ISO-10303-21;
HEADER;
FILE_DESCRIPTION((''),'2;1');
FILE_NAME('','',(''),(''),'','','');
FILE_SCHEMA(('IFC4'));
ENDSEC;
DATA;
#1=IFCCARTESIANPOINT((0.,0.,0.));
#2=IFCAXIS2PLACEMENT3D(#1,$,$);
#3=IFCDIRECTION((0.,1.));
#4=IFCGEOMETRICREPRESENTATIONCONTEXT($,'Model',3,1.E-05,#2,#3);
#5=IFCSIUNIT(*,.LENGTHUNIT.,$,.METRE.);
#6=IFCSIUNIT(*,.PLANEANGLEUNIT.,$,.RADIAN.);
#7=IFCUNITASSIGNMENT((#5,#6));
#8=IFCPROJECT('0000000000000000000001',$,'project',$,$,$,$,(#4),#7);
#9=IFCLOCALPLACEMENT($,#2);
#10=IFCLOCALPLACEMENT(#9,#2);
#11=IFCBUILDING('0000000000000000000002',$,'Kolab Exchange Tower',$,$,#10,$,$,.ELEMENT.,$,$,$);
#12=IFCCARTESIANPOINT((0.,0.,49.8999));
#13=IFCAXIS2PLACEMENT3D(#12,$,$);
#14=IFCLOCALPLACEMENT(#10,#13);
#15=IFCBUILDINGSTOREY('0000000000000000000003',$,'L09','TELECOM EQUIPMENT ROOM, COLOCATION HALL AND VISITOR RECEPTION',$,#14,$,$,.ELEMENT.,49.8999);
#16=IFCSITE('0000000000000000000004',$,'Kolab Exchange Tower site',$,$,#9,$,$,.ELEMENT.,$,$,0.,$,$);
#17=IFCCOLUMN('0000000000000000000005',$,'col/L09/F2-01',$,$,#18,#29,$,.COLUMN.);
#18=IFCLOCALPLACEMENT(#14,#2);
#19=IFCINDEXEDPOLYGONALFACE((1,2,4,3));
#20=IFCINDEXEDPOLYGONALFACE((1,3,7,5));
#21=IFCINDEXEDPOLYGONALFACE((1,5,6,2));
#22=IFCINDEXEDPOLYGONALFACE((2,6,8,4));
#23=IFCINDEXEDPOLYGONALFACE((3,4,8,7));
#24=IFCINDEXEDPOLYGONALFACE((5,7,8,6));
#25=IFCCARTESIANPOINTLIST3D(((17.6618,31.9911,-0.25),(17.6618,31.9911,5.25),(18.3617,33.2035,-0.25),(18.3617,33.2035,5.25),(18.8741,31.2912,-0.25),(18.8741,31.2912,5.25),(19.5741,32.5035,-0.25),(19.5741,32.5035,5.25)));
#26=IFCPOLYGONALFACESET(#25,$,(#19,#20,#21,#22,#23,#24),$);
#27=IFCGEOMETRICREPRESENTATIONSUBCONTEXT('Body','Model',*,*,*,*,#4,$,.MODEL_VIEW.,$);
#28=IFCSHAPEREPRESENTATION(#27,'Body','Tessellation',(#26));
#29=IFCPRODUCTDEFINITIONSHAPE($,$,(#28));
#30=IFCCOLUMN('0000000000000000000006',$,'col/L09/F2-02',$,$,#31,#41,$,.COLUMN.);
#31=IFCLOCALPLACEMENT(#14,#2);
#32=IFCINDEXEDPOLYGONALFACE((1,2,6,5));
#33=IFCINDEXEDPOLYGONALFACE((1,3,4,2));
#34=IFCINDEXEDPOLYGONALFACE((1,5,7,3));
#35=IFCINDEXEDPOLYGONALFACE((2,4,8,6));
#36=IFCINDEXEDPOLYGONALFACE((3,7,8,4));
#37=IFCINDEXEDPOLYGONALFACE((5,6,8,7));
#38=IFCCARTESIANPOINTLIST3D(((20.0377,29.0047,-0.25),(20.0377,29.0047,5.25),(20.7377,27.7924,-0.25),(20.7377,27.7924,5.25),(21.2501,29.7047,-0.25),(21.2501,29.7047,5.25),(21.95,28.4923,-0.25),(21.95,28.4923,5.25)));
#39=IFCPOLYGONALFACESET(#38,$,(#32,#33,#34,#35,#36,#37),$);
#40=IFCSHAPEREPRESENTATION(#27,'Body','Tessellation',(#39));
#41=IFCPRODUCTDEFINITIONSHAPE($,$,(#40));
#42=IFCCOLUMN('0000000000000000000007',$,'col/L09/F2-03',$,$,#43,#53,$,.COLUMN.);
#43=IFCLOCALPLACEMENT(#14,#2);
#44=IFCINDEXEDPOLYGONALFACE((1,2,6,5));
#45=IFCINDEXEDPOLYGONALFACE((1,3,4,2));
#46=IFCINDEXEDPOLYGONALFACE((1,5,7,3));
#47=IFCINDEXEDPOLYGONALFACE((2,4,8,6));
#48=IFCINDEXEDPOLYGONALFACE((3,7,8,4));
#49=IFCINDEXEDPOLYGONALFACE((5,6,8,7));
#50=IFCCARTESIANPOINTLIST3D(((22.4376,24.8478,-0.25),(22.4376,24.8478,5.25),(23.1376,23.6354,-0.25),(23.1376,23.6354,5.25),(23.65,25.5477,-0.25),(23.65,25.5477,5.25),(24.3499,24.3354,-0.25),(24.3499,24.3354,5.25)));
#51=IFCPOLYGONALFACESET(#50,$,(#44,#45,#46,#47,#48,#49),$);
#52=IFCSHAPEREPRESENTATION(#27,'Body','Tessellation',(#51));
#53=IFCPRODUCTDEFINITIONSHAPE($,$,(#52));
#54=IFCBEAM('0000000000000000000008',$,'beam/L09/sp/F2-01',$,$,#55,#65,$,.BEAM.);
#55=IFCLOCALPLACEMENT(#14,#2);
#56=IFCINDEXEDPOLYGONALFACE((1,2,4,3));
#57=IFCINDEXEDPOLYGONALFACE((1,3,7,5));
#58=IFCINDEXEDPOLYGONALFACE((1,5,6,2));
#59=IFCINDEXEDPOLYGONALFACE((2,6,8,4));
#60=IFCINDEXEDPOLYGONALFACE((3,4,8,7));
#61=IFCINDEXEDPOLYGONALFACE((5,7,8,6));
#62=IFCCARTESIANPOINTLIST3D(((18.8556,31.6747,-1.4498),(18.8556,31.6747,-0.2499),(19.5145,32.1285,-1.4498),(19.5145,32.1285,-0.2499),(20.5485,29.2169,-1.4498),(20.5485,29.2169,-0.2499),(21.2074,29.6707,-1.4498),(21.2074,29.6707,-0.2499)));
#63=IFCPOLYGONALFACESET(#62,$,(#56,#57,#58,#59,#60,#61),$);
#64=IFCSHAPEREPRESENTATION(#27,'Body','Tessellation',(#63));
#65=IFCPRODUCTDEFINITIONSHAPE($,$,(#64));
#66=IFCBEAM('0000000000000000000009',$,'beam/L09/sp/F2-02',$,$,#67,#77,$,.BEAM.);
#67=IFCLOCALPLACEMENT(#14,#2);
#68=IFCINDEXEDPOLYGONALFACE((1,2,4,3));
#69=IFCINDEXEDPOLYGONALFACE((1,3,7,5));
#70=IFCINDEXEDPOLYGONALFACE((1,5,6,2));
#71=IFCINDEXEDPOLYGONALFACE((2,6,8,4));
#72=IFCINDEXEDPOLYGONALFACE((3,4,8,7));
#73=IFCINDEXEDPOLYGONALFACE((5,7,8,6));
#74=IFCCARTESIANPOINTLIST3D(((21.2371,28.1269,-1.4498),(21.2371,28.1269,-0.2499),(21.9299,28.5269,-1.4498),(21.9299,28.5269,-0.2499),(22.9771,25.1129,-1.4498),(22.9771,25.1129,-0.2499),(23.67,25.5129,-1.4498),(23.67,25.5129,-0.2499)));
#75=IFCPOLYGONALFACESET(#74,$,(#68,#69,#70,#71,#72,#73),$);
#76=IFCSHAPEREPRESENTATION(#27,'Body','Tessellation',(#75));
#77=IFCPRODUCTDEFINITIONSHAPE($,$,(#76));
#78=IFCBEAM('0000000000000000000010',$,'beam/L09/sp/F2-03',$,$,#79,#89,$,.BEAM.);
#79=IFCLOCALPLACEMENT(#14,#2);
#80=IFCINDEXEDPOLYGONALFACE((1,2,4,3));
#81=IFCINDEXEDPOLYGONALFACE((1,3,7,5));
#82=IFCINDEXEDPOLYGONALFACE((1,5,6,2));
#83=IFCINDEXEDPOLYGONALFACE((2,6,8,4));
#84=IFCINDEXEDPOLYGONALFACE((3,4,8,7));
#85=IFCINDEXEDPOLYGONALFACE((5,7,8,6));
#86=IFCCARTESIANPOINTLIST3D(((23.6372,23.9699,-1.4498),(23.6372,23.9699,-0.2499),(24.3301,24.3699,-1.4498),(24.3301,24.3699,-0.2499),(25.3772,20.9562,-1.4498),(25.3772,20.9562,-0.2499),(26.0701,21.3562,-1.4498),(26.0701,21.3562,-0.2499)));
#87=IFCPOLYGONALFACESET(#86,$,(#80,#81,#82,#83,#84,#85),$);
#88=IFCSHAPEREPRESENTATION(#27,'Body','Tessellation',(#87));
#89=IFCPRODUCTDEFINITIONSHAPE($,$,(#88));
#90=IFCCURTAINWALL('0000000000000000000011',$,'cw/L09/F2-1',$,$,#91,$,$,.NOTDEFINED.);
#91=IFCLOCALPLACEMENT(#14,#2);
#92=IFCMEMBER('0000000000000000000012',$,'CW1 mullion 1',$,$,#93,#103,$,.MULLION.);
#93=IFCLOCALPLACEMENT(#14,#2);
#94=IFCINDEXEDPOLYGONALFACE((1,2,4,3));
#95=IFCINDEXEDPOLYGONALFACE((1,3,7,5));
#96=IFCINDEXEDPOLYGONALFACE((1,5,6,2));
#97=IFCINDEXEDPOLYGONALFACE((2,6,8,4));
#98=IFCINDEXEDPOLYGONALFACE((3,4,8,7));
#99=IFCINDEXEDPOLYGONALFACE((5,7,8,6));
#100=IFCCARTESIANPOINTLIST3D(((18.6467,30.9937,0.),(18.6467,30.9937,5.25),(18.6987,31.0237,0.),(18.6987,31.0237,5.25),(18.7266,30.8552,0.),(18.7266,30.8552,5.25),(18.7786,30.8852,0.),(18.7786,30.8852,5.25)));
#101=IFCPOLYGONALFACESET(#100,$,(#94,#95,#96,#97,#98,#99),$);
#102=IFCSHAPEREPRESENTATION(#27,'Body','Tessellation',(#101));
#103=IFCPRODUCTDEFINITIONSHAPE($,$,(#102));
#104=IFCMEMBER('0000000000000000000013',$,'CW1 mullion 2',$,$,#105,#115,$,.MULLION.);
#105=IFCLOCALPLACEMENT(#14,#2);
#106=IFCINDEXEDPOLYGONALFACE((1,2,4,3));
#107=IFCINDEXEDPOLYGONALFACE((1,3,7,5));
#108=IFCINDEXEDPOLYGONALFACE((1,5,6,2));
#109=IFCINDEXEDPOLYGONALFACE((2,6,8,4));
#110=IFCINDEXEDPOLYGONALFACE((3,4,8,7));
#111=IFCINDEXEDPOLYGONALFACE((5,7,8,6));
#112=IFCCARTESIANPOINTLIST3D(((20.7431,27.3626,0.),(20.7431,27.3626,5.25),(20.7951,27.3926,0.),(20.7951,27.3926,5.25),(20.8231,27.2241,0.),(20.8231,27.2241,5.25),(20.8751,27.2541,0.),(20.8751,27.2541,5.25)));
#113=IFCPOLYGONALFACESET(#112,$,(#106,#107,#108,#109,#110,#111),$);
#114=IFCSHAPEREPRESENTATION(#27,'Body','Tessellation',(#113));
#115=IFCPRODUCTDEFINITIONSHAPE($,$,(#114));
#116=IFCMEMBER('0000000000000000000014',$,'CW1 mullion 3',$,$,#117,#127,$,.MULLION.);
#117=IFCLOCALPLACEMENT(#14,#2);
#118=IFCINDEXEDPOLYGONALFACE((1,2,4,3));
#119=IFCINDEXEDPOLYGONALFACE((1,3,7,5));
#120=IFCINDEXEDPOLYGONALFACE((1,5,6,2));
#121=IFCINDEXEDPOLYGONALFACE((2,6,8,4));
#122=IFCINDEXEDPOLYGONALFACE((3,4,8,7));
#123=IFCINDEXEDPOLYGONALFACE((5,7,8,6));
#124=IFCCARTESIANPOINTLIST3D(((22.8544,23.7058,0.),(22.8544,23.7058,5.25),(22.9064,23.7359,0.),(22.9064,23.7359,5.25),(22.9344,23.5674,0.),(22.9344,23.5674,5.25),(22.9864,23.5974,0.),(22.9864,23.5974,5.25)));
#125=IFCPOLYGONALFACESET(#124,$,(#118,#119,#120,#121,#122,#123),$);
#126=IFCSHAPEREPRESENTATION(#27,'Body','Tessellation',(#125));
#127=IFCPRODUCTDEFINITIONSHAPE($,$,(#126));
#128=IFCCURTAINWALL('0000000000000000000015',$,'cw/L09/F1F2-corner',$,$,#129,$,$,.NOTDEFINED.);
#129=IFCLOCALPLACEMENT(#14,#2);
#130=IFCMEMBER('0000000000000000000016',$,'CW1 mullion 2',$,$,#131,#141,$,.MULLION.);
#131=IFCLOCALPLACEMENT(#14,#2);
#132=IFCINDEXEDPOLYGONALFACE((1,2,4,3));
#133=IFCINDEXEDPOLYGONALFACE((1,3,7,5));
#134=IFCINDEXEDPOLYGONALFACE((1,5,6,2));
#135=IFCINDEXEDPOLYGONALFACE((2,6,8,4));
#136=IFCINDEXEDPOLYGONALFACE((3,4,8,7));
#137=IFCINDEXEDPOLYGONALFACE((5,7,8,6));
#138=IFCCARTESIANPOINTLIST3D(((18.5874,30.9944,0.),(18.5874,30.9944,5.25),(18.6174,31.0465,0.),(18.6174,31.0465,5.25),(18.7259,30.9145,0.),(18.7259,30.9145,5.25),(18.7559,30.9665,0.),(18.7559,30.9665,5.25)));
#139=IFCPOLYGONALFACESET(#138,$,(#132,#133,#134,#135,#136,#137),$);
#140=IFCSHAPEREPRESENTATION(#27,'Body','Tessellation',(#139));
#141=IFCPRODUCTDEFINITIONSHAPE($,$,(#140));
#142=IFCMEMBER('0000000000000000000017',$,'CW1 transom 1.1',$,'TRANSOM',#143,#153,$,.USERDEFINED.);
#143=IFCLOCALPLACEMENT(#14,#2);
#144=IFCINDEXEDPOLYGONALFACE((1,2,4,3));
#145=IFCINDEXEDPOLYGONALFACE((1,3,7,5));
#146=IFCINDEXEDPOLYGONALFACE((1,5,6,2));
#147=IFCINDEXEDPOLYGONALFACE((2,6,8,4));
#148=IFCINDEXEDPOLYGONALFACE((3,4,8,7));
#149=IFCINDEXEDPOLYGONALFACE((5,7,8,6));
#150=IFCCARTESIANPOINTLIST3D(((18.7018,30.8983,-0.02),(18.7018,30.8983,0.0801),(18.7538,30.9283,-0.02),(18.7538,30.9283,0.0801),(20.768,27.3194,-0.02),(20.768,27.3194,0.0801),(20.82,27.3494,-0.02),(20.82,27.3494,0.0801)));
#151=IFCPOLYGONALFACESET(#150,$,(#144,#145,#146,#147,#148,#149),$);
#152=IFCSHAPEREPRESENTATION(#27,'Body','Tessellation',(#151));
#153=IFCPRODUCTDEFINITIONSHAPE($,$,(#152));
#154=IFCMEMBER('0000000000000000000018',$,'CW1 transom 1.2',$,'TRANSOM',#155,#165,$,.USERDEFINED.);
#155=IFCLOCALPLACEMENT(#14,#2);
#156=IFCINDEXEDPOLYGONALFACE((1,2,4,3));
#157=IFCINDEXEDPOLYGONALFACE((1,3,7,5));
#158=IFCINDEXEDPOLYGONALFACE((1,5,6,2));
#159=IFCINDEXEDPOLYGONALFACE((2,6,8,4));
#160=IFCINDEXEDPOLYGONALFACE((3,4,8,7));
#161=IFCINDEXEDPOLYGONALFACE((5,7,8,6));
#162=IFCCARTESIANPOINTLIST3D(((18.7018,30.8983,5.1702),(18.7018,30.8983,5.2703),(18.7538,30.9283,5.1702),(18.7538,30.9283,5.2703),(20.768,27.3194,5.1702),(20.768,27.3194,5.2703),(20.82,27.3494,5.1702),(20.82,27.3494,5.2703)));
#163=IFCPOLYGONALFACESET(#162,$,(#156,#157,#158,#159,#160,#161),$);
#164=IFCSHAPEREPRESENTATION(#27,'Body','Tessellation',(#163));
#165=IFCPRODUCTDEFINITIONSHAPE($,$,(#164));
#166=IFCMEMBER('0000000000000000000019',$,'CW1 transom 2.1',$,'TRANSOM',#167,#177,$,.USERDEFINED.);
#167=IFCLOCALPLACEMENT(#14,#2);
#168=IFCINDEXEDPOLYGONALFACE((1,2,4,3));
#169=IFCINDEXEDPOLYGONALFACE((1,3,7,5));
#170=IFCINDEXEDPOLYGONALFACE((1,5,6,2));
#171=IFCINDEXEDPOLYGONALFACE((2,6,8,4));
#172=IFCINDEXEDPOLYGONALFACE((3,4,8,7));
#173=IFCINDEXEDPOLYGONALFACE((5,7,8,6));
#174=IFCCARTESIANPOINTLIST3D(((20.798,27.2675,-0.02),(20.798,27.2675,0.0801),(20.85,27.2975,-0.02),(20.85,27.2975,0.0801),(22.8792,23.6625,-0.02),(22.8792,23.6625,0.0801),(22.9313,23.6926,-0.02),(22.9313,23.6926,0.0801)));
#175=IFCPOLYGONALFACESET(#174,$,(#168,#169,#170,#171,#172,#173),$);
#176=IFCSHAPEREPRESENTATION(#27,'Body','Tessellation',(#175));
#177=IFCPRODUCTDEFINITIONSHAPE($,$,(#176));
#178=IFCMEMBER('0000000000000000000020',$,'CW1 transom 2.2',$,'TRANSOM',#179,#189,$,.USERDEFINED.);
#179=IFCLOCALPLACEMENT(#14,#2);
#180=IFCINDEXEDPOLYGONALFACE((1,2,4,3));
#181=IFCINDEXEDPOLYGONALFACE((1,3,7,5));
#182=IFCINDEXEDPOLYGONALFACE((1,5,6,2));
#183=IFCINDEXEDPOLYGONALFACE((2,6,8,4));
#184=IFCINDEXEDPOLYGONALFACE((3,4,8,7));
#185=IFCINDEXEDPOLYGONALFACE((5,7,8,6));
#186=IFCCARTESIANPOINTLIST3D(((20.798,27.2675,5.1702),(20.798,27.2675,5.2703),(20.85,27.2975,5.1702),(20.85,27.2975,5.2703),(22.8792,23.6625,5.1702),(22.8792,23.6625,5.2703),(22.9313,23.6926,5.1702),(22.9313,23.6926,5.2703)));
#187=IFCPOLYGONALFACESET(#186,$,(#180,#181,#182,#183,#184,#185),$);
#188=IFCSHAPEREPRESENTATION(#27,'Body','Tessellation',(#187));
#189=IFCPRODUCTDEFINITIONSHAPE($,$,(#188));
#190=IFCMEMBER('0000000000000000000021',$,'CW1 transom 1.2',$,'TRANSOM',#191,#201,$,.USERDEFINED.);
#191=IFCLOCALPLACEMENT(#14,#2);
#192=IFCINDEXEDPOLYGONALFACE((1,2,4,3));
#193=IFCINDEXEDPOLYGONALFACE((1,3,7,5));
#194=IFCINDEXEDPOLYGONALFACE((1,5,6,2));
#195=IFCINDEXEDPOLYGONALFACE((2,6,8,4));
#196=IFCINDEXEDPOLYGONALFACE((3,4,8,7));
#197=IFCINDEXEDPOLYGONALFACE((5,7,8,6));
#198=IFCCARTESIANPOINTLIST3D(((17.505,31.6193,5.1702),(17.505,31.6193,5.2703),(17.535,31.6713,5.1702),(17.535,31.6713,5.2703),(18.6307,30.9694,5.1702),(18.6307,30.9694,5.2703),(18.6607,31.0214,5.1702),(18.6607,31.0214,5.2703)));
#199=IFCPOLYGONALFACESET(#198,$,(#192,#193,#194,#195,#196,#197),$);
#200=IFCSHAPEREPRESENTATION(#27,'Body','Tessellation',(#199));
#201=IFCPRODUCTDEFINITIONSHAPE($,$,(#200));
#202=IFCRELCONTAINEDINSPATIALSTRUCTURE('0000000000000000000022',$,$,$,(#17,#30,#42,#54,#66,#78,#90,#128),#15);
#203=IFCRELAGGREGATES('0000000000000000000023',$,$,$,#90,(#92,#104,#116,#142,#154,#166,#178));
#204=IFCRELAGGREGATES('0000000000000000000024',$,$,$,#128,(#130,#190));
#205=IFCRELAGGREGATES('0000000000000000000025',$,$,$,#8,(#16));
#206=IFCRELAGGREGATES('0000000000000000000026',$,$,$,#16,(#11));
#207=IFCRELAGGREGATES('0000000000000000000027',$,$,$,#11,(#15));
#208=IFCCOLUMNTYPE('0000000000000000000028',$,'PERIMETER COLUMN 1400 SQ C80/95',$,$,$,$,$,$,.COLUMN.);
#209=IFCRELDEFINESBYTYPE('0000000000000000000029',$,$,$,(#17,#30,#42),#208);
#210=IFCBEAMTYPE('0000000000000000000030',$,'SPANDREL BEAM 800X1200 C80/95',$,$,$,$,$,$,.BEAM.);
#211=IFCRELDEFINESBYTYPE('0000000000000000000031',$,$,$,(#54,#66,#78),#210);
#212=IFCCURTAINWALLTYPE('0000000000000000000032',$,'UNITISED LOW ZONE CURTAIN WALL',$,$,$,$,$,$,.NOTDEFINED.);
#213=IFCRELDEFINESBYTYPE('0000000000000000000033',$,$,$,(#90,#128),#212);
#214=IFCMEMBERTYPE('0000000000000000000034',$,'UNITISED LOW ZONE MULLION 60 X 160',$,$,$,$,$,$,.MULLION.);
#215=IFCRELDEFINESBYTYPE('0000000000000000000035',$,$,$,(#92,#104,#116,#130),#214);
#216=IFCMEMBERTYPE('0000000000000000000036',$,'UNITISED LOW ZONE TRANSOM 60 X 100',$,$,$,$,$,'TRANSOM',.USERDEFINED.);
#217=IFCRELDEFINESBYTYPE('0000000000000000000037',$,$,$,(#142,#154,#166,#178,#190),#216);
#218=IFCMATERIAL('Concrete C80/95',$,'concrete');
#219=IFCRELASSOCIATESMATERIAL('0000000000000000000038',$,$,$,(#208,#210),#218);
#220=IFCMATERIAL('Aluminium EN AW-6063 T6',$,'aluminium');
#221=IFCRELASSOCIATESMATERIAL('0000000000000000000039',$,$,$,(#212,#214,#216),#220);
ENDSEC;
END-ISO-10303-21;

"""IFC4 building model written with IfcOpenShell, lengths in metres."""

from ifc_helpers import new_model, si_unit, direction, frame, origin, origin_2d, place, context, subcontext, project, spatial, rectangle, extrude, material, material_profile, profile_set, type_object, element, aggregate, save


model = new_model("IFC4")

# Units and contexts
model_context = context("Model", 3, precision=1e-05, world=origin(), true_north=direction((0.0, 1.0)))
body_context = subcontext(model_context, "Body", "Model", "MODEL_VIEW")
ifc_project = project(units=[si_unit("LENGTHUNIT", "METRE"), si_unit("PLANEANGLEUNIT", "RADIAN")], contexts=[model_context])

# Site, building, storey
site_placement = place(None, origin())
site = spatial("IfcSite", under=ifc_project, at=site_placement, Name="Kolab Exchange Tower site", CompositionType="ELEMENT", RefElevation=0.0)
building_placement = place(site_placement, origin())
building = spatial("IfcBuilding", under=site, at=building_placement, Name="Kolab Exchange Tower", CompositionType="ELEMENT")
storey_placement = place(building_placement, frame((0.0, 0.0, 49.8999)))
storey = spatial("IfcBuildingStorey", under=building, at=storey_placement, Name="L09", Description="TELECOM EQUIPMENT ROOM, COLOCATION HALL AND VISITOR RECEPTION", CompositionType="ELEMENT", Elevation=49.8999)

# Columns
ifc_material_1 = material(Name="Concrete C80/95", Category="concrete")
ifc_material_profile_1 = material_profile(ifc_material_1, rectangle(XDim=1.3999, YDim=1.3999, at=origin_2d()), Name="RC1400")
ifc_profile_set_1 = profile_set([ifc_material_profile_1], Name="Concrete C80/95")
column_type = type_object("IfcColumnType", Name="PERIMETER COLUMN 1400 SQ C80/95", PredefinedType="COLUMN", material=ifc_profile_set_1)
for number, where, z_axis, x_axis, name in (
    (1, (18.6179, 32.2473, -0.25), (0.0, 0.0, 1.0), (0.5, 0.866025, 0.0), "col/L09/F2-01"),
    (2, (20.9939, 28.7485, -0.25), (0.0, 0.0, 1.0), (0.866025, 0.5, 0.0), "col/L09/F2-02"),
    (3, (23.3938, 24.5916, -0.25), (0.0, 0.0, 1.0), (0.866025, 0.5, 0.0), "col/L09/F2-03"),
):
    element("IfcColumn", number, at=place(storey_placement, frame(where, z_axis=z_axis, x_axis=x_axis)), inside=storey, type_object=column_type, Name=name, PredefinedType="COLUMN", context=body_context, shape_type="SweptSolid", body=[
        extrude(rectangle(XDim=1.3999, YDim=1.3999, at=origin_2d()), origin(), (0.0, 0.0, 1.0), 5.5),
    ])

# Beams
ifc_material_profile_2 = material_profile(ifc_material_1, rectangle(XDim=0.8, YDim=1.2, at=origin_2d()), Name="RC800X1200")
ifc_profile_set_2 = profile_set([ifc_material_profile_2], Name="Concrete C80/95")
beam_type = type_object("IfcBeamType", Name="SPANDREL BEAM 800X1200 C80/95", PredefinedType="BEAM", material=ifc_profile_set_2)
beam_1_placement = place(storey_placement, frame((19.1851, 31.9016, -0.8499), z_axis=(0.567247, -0.823548, 0.0), x_axis=(0.823548, 0.567247, 0.0)))
element("IfcBeam", 4, at=beam_1_placement, inside=storey, type_object=beam_type, Name="beam/L09/sp/F2-01", PredefinedType="BEAM", context=body_context, shape_type="SweptSolid", body=[
    extrude(rectangle(XDim=0.8, YDim=1.2, at=origin_2d()), origin(), (0.0, 0.0, 1.0), 2.9844),
])
beam_2_placement = place(storey_placement, frame((21.5835, 28.3269, -0.8499), z_axis=(0.49998, -0.866037, 0.0), x_axis=(0.866037, 0.49998, 0.0)))
element("IfcBeam", 5, at=beam_2_placement, inside=storey, type_object=beam_type, Name="beam/L09/sp/F2-02", PredefinedType="BEAM", context=body_context, shape_type="SweptSolid", body=[
    extrude(rectangle(XDim=0.8, YDim=1.2, at=origin_2d()), origin(), (0.0, 0.0, 1.0), 3.4802),
])
beam_3_placement = place(storey_placement, frame((23.9836, 24.1699, -0.8499), z_axis=(0.50001, -0.86602, 0.0), x_axis=(0.86602, 0.50001, 0.0)))
element("IfcBeam", 6, at=beam_3_placement, inside=storey, type_object=beam_type, Name="beam/L09/sp/F2-03", PredefinedType="BEAM", context=body_context, shape_type="SweptSolid", body=[
    extrude(rectangle(XDim=0.8, YDim=1.2, at=origin_2d()), origin(), (0.0, 0.0, 1.0), 3.48),
])

# Curtain wall, members
ifc_material_2 = material(Name="Aluminium EN AW-6063 T6", Category="aluminium")
curtain_wall_type = type_object("IfcCurtainWallType", Name="UNITISED LOW ZONE CURTAIN WALL", PredefinedType="NOTDEFINED", material=ifc_material_2)
curtain_wall_1_placement = place(storey_placement, origin())
curtain_wall_1 = element("IfcCurtainWall", 7, at=curtain_wall_1_placement, inside=storey, type_object=curtain_wall_type, Name="cw/L09/F2-1", PredefinedType="NOTDEFINED")
ifc_material_profile_3 = material_profile(ifc_material_2, rectangle(XDim=0.0601, YDim=0.1599, at=origin_2d()), Name="RECT 60X160")
ifc_profile_set_3 = profile_set([ifc_material_profile_3], Name="Aluminium EN AW-6063 T6")
member_type_1 = type_object("IfcMemberType", Name="UNITISED LOW ZONE MULLION 60 X 160", PredefinedType="MULLION", material=ifc_profile_set_3)
member_1_placement = place(storey_placement, frame((18.7126, 30.9395, 0.0), z_axis=(0.0, 0.0, 1.0), x_axis=(0.866025, 0.5, 0.0)))
member_1 = element("IfcMember", 8, at=member_1_placement, type_object=member_type_1, Name="CW1 mullion 1", PredefinedType="MULLION", context=body_context, shape_type="SweptSolid", body=[
    extrude(rectangle(XDim=0.0601, YDim=0.1599, at=origin_2d()), origin(), (0.0, 0.0, 1.0), 5.25),
])
member_2_placement = place(storey_placement, frame((20.8091, 27.3083, 0.0), z_axis=(0.0, 0.0, 1.0), x_axis=(0.866025, 0.5, 0.0)))
member_2 = element("IfcMember", 9, at=member_2_placement, type_object=member_type_1, Name="CW1 mullion 2", PredefinedType="MULLION", context=body_context, shape_type="SweptSolid", body=[
    extrude(rectangle(XDim=0.0601, YDim=0.1599, at=origin_2d()), origin(), (0.0, 0.0, 1.0), 5.25),
])
member_3_placement = place(storey_placement, frame((22.9204, 23.6516, 0.0), z_axis=(0.0, 0.0, 1.0), x_axis=(0.866025, 0.5, 0.0)))
member_3 = element("IfcMember", 10, at=member_3_placement, type_object=member_type_1, Name="CW1 mullion 3", PredefinedType="MULLION", context=body_context, shape_type="SweptSolid", body=[
    extrude(rectangle(XDim=0.0601, YDim=0.1599, at=origin_2d()), origin(), (0.0, 0.0, 1.0), 5.25),
])

# Curtain wall, member
curtain_wall_2_placement = place(storey_placement, origin())
curtain_wall_2 = element("IfcCurtainWall", 11, at=curtain_wall_2_placement, inside=storey, type_object=curtain_wall_type, Name="cw/L09/F1F2-corner", PredefinedType="NOTDEFINED")
member_4_placement = place(storey_placement, frame((18.6716, 30.9805, 0.0), z_axis=(0.0, 0.0, 1.0), x_axis=(0.5, 0.866025, 0.0)))
member_4 = element("IfcMember", 12, at=member_4_placement, type_object=member_type_1, Name="CW1 mullion 2", PredefinedType="MULLION", context=body_context, shape_type="SweptSolid", body=[
    extrude(rectangle(XDim=0.0601, YDim=0.1599, at=origin_2d()), origin(), (0.0, 0.0, 1.0), 5.25),
])

# Members
ifc_material_profile_4 = material_profile(ifc_material_2, rectangle(XDim=0.0601, YDim=0.1001, at=origin_2d()), Name="RECT 60X100")
ifc_profile_set_4 = profile_set([ifc_material_profile_4], Name="Aluminium EN AW-6063 T6")
member_type_2 = type_object("IfcMemberType", Name="UNITISED LOW ZONE TRANSOM 60 X 100", ElementType="TRANSOM", PredefinedType="USERDEFINED", material=ifc_profile_set_4)
member_5_placement = place(storey_placement, frame((18.7278, 30.9133, 0.03), z_axis=(0.499983, -0.866035, 0.0), x_axis=(0.866035, 0.499983, 0.0)))
member_5 = element("IfcMember", 13, at=member_5_placement, type_object=member_type_2, Name="CW1 transom 1.1", ObjectType="TRANSOM", PredefinedType="USERDEFINED", context=body_context, shape_type="SweptSolid", body=[
    extrude(rectangle(XDim=0.0601, YDim=0.1001, at=origin_2d()), origin(), (0.0, 0.0, 1.0), 4.1326),
])
member_6_placement = place(storey_placement, frame((18.7278, 30.9133, 5.2202), z_axis=(0.499983, -0.866035, 0.0), x_axis=(0.866035, 0.499983, 0.0)))
member_6 = element("IfcMember", 14, at=member_6_placement, type_object=member_type_2, Name="CW1 transom 1.2", ObjectType="TRANSOM", PredefinedType="USERDEFINED", context=body_context, shape_type="SweptSolid", body=[
    extrude(rectangle(XDim=0.0601, YDim=0.1001, at=origin_2d()), origin(), (0.0, 0.0, 1.0), 4.1326),
])
member_7_placement = place(storey_placement, frame((20.824, 27.2825, 0.03), z_axis=(0.499993, -0.866029, 0.0), x_axis=(0.866029, 0.499993, 0.0)))
member_7 = element("IfcMember", 15, at=member_7_placement, type_object=member_type_2, Name="CW1 transom 2.1", ObjectType="TRANSOM", PredefinedType="USERDEFINED", context=body_context, shape_type="SweptSolid", body=[
    extrude(rectangle(XDim=0.0601, YDim=0.1001, at=origin_2d()), origin(), (0.0, 0.0, 1.0), 4.1626),
])
member_8_placement = place(storey_placement, frame((20.824, 27.2825, 5.2202), z_axis=(0.499993, -0.866029, 0.0), x_axis=(0.866029, 0.499993, 0.0)))
member_8 = element("IfcMember", 16, at=member_8_placement, type_object=member_type_2, Name="CW1 transom 2.2", ObjectType="TRANSOM", PredefinedType="USERDEFINED", context=body_context, shape_type="SweptSolid", body=[
    extrude(rectangle(XDim=0.0601, YDim=0.1001, at=origin_2d()), origin(), (0.0, 0.0, 1.0), 4.1626),
])
member_9_placement = place(storey_placement, frame((17.52, 31.6453, 5.2202), z_axis=(0.866039, -0.499977, 0.0), x_axis=(0.499977, 0.866039, 0.0)))
member_9 = element("IfcMember", 17, at=member_9_placement, type_object=member_type_2, Name="CW1 transom 1.2", ObjectType="TRANSOM", PredefinedType="USERDEFINED", context=body_context, shape_type="SweptSolid", body=[
    extrude(rectangle(XDim=0.0601, YDim=0.1001, at=origin_2d()), origin(), (0.0, 0.0, 1.0), 1.2998),
])

aggregate(curtain_wall_1, [member_1, member_2, member_3, member_5, member_6, member_7, member_8])
aggregate(curtain_wall_2, [member_4, member_9])

save(model, "model.ifc")
